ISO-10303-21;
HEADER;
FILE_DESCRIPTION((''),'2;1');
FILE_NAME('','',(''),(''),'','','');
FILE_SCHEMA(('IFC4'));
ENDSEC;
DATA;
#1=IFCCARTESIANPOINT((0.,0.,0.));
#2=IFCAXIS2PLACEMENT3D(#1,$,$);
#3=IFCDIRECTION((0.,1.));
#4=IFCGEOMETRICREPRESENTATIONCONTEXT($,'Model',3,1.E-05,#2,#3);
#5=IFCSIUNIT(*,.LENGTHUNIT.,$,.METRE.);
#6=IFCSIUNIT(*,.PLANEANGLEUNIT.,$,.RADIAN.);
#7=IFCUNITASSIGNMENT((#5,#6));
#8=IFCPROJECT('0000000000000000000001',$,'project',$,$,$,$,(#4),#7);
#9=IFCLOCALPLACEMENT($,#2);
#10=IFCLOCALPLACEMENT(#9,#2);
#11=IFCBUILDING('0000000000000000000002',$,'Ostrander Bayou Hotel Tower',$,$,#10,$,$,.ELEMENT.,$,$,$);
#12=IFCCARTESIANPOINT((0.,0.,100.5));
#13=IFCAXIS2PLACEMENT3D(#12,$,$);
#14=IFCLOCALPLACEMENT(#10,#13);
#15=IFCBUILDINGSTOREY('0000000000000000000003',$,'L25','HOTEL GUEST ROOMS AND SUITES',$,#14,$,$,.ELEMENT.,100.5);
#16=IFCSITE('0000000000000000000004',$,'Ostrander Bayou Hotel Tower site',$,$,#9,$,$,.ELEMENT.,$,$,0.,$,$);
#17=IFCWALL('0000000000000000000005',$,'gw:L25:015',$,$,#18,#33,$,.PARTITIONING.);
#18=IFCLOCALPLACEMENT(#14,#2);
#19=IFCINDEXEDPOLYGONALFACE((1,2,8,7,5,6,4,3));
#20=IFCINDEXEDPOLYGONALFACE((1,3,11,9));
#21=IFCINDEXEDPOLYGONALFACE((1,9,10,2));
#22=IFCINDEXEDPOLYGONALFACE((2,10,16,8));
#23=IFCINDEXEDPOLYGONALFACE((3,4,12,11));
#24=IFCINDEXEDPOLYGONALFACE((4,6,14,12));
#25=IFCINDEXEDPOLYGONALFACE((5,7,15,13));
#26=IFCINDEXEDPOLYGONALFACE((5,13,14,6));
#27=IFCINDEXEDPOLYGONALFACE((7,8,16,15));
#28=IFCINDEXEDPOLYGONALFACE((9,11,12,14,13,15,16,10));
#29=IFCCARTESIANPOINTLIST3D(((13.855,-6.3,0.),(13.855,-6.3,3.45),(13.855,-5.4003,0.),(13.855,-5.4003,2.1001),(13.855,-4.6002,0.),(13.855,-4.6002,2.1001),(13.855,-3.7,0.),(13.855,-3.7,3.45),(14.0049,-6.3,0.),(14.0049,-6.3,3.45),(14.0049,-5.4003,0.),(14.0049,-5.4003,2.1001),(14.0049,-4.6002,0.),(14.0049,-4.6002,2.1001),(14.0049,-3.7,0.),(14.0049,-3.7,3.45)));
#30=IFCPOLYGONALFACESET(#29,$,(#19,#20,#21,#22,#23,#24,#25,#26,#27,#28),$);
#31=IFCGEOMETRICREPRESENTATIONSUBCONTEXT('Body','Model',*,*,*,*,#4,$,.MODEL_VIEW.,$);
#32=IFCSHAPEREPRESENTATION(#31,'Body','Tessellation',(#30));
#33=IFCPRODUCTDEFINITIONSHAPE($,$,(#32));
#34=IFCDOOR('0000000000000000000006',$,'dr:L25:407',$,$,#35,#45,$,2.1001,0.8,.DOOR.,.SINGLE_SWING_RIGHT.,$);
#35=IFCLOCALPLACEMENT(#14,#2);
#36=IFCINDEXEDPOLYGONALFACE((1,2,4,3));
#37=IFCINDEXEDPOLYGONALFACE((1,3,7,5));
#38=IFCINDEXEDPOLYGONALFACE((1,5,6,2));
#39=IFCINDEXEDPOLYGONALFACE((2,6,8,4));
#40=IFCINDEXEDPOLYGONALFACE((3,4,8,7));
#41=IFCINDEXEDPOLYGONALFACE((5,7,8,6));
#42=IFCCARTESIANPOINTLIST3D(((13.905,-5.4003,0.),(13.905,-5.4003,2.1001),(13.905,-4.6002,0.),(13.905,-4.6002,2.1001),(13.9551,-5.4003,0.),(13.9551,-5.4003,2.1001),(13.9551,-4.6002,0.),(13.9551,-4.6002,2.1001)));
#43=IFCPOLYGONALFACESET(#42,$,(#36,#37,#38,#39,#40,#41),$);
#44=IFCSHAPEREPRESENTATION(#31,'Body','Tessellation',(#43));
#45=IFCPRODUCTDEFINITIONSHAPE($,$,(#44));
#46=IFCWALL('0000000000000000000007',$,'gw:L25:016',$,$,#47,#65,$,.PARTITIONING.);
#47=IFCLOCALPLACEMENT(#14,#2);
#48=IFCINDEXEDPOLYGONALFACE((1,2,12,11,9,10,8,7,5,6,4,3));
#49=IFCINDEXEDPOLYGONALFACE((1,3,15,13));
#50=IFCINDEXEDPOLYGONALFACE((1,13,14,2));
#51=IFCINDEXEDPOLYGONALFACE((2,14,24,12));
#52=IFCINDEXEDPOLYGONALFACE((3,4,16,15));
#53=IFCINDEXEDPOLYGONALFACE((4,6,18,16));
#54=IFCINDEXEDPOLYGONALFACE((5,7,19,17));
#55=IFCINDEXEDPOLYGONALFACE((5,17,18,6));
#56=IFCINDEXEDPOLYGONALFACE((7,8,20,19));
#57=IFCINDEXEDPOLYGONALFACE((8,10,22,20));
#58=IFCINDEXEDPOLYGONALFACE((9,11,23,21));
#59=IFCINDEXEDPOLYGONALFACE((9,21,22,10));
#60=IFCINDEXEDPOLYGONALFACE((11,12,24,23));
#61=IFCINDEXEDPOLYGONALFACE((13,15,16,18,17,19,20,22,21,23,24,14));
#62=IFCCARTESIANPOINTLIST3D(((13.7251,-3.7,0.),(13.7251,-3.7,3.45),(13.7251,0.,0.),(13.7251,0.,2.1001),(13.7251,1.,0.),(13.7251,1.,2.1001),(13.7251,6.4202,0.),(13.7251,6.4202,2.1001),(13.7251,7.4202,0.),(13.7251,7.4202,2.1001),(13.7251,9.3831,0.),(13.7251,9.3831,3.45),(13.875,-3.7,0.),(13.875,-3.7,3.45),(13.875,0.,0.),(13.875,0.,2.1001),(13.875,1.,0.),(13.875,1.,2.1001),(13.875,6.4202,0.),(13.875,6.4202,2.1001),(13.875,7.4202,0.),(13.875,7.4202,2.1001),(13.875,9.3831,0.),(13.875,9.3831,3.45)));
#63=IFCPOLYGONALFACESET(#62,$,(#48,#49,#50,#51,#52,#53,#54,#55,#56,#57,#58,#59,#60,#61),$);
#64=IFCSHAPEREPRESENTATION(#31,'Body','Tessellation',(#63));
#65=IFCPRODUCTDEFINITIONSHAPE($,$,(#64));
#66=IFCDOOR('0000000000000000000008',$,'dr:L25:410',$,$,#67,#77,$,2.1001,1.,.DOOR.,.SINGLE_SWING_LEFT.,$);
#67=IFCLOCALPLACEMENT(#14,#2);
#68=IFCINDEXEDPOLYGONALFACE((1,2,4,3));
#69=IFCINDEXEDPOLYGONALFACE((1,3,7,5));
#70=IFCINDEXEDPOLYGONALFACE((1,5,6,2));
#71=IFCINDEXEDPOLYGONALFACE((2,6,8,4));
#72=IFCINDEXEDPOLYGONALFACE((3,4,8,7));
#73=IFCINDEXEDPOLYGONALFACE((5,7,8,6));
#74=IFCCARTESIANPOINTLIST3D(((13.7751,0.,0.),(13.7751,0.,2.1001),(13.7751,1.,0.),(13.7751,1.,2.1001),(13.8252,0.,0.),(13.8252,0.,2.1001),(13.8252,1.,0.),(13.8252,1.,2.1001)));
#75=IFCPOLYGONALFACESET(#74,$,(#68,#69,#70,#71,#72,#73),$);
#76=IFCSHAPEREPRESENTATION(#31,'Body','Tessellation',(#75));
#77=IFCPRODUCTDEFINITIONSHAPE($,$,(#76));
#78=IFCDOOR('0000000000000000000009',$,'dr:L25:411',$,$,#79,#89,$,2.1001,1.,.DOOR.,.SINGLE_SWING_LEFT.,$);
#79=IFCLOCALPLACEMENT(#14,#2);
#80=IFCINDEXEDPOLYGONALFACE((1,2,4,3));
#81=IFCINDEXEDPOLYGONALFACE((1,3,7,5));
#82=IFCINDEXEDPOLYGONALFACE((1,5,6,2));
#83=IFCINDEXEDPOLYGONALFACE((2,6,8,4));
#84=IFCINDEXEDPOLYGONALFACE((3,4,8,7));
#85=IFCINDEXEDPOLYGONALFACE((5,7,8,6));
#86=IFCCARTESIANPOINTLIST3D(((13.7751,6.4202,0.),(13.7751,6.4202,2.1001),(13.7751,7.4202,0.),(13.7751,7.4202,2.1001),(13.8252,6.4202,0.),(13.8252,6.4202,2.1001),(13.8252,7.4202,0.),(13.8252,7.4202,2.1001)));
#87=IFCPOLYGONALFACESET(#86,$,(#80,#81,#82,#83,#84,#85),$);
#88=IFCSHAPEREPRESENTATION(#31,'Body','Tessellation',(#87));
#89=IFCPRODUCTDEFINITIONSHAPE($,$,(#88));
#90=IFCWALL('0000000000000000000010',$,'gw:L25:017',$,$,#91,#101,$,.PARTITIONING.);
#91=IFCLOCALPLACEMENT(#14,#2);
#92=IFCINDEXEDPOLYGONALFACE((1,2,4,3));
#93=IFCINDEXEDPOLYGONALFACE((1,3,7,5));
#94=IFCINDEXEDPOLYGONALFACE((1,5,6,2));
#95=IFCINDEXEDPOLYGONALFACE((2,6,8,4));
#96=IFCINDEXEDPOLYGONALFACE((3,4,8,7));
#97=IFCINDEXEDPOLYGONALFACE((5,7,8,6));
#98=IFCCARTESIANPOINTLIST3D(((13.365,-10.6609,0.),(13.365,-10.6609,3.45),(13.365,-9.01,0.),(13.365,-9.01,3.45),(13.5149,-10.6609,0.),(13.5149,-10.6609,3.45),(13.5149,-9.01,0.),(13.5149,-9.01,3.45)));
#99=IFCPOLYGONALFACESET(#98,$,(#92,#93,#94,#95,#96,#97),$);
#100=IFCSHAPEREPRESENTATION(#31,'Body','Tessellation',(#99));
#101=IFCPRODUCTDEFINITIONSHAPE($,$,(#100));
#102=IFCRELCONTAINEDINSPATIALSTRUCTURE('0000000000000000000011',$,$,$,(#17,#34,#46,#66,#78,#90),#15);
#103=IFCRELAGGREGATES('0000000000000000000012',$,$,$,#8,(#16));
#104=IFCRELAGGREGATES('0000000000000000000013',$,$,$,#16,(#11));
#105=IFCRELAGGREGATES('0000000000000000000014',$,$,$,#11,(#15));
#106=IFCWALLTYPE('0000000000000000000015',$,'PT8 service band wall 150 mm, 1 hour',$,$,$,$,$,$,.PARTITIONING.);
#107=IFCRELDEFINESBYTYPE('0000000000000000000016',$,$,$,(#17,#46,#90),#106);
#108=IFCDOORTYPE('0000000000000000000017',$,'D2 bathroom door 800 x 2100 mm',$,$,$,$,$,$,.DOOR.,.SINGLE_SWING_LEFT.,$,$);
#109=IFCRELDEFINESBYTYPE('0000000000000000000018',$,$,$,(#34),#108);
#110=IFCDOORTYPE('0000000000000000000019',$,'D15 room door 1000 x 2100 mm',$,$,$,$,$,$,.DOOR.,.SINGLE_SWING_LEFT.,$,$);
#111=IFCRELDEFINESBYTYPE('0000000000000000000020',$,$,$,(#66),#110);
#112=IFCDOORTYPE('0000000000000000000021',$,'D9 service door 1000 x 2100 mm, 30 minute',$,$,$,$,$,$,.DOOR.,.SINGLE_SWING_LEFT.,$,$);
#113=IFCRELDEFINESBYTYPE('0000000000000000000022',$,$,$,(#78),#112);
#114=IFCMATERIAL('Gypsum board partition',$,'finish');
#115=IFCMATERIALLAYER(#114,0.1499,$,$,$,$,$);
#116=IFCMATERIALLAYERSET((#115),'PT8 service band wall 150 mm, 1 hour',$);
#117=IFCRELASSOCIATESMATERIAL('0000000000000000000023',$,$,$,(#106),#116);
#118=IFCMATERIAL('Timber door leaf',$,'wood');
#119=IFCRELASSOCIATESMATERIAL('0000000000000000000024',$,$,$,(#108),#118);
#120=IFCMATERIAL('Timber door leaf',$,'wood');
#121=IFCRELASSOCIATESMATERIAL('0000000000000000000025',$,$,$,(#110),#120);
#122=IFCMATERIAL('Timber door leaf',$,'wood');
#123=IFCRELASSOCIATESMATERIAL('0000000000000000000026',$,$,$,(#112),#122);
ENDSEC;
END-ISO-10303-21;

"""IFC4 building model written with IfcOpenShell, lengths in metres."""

from ifc_helpers import new_model, si_unit, direction, frame, frame_2d, origin, place, context, subcontext, project, spatial, rectangle, extrude, material, layer, layer_set, type_object, element, fill, save


model = new_model("IFC4")

# Units and contexts
model_context = context("Model", 3, precision=1e-05, world=origin(), true_north=direction((0.0, 1.0)))
body_context = subcontext(model_context, "Body", "Model", "MODEL_VIEW")
ifc_project = project(units=[si_unit("LENGTHUNIT", "METRE"), si_unit("PLANEANGLEUNIT", "RADIAN")], contexts=[model_context])

# Site, building, storey
site_placement = place(None, origin())
site = spatial("IfcSite", under=ifc_project, at=site_placement, Name="Ostrander Bayou Hotel Tower site", CompositionType="ELEMENT", RefElevation=0.0)
building_placement = place(site_placement, origin())
building = spatial("IfcBuilding", under=site, at=building_placement, Name="Ostrander Bayou Hotel Tower", CompositionType="ELEMENT")
storey_placement = place(building_placement, frame((0.0, 0.0, 100.5)))
storey = spatial("IfcBuildingStorey", under=building, at=storey_placement, Name="L25", Description="HOTEL GUEST ROOMS AND SUITES", CompositionType="ELEMENT", Elevation=100.5)

# Shared definitions
ifc_material_1 = material(Name="Gypsum board partition", Category="finish")
ifc_layer_1 = layer(ifc_material_1, 0.1499)
ifc_layer_set_1 = layer_set([ifc_layer_1], Name="PT8 service band wall 150 mm, 1 hour")
wall_type_1 = type_object("IfcWallType", Name="PT8 service band wall 150 mm, 1 hour", PredefinedType="PARTITIONING", material=ifc_layer_set_1)

# Wall, opening, door
wall_1_placement = place(storey_placement, frame((13.9299, -6.3, 0.0), z_axis=(0.0, 0.0, 1.0), x_axis=(0.0, 1.0, 0.0)))
wall_1 = element("IfcWall", 1, at=wall_1_placement, inside=storey, type_object=wall_type_1, Name="gw:L25:015", PredefinedType="PARTITIONING", context=body_context, shape_type="SweptSolid", body=[
    extrude(rectangle(XDim=2.6001, YDim=0.1499, at=frame_2d((1.3, 0.0))), origin(), (0.0, 0.0, 1.0), 3.45),
])
opening_1_placement = place(wall_1_placement, frame((0.8999, 0.0, 0.0)))
opening_1 = element("IfcOpeningElement", 2, at=opening_1_placement, cuts=wall_1, PredefinedType="OPENING", context=body_context, shape_type="SweptSolid", body=[
    extrude(rectangle(XDim=0.8, YDim=2.1001, at=frame_2d((0.3999, 1.05))), frame((0.0, 0.075, 0.0), z_axis=(0.0, -1.0, 0.0), x_axis=(1.0, 0.0, 0.0)), (0.0, 0.0, 1.0), 0.1499),
])
ifc_material_2 = material(Name="Timber door leaf", Category="wood")
door_type_1 = type_object("IfcDoorType", Name="D2 bathroom door 800 x 2100 mm", OperationType="SINGLE_SWING_LEFT", PredefinedType="DOOR", material=ifc_material_2)
door_1_placement = place(opening_1_placement, origin())
door_1 = element("IfcDoor", 3, at=door_1_placement, inside=storey, type_object=door_type_1, Name="dr:L25:407", OperationType="SINGLE_SWING_RIGHT", OverallHeight=2.1001, OverallWidth=0.8, PredefinedType="DOOR", context=body_context, shape_type="SweptSolid", body=[
    extrude(rectangle(XDim=0.8, YDim=2.1001, at=frame_2d((0.3999, 1.05))), frame((0.0, 0.0249, 0.0), z_axis=(0.0, -1.0, 0.0), x_axis=(1.0, 0.0, 0.0)), (0.0, 0.0, 1.0), 0.05),
])
fill(opening_1, door_1)

# Wall, openings, doors
wall_2_placement = place(storey_placement, frame((13.8, -3.7, 0.0), z_axis=(0.0, 0.0, 1.0), x_axis=(0.0, 1.0, 0.0)))
wall_2 = element("IfcWall", 4, at=wall_2_placement, inside=storey, type_object=wall_type_1, Name="gw:L25:016", PredefinedType="PARTITIONING", context=body_context, shape_type="SweptSolid", body=[
    extrude(rectangle(XDim=13.083, YDim=0.1499, at=frame_2d((6.5415, 0.0))), origin(), (0.0, 0.0, 1.0), 3.45),
])
opening_2_placement = place(wall_2_placement, frame((3.7, 0.0, 0.0)))
opening_2 = element("IfcOpeningElement", 5, at=opening_2_placement, cuts=wall_2, PredefinedType="OPENING", context=body_context, shape_type="SweptSolid", body=[
    extrude(rectangle(XDim=1.0, YDim=2.1001, at=frame_2d((0.5, 1.05))), frame((0.0, 0.075, 0.0), z_axis=(0.0, -1.0, 0.0), x_axis=(1.0, 0.0, 0.0)), (0.0, 0.0, 1.0), 0.1499),
])
opening_3_placement = place(wall_2_placement, frame((10.1201, 0.0, 0.0)))
opening_3 = element("IfcOpeningElement", 6, at=opening_3_placement, cuts=wall_2, PredefinedType="OPENING", context=body_context, shape_type="SweptSolid", body=[
    extrude(rectangle(XDim=1.0, YDim=2.1001, at=frame_2d((0.5, 1.05))), frame((0.0, 0.075, 0.0), z_axis=(0.0, -1.0, 0.0), x_axis=(1.0, 0.0, 0.0)), (0.0, 0.0, 1.0), 0.1499),
])
ifc_material_3 = material(Name="Timber door leaf", Category="wood")
door_type_2 = type_object("IfcDoorType", Name="D15 room door 1000 x 2100 mm", OperationType="SINGLE_SWING_LEFT", PredefinedType="DOOR", material=ifc_material_3)
door_2_placement = place(opening_2_placement, origin())
door_2 = element("IfcDoor", 7, at=door_2_placement, inside=storey, type_object=door_type_2, Name="dr:L25:410", OperationType="SINGLE_SWING_LEFT", OverallHeight=2.1001, OverallWidth=1.0, PredefinedType="DOOR", context=body_context, shape_type="SweptSolid", body=[
    extrude(rectangle(XDim=1.0, YDim=2.1001, at=frame_2d((0.5, 1.05))), frame((0.0, 0.0249, 0.0), z_axis=(0.0, -1.0, 0.0), x_axis=(1.0, 0.0, 0.0)), (0.0, 0.0, 1.0), 0.05),
])
fill(opening_2, door_2)
ifc_material_4 = material(Name="Timber door leaf", Category="wood")
door_type_3 = type_object("IfcDoorType", Name="D9 service door 1000 x 2100 mm, 30 minute", OperationType="SINGLE_SWING_LEFT", PredefinedType="DOOR", material=ifc_material_4)
door_3_placement = place(opening_3_placement, origin())
door_3 = element("IfcDoor", 8, at=door_3_placement, inside=storey, type_object=door_type_3, Name="dr:L25:411", OperationType="SINGLE_SWING_LEFT", OverallHeight=2.1001, OverallWidth=1.0, PredefinedType="DOOR", context=body_context, shape_type="SweptSolid", body=[
    extrude(rectangle(XDim=1.0, YDim=2.1001, at=frame_2d((0.5, 1.05))), frame((0.0, 0.0249, 0.0), z_axis=(0.0, -1.0, 0.0), x_axis=(1.0, 0.0, 0.0)), (0.0, 0.0, 1.0), 0.05),
])
fill(opening_3, door_3)

# Wall
wall_3_placement = place(storey_placement, frame((13.4399, -10.6609, 0.0), z_axis=(0.0, 0.0, 1.0), x_axis=(0.0, 1.0, 0.0)))
element("IfcWall", 9, at=wall_3_placement, inside=storey, type_object=wall_type_1, Name="gw:L25:017", PredefinedType="PARTITIONING", context=body_context, shape_type="SweptSolid", body=[
    extrude(rectangle(XDim=1.6509, YDim=0.1499, at=frame_2d((0.8254, 0.0))), origin(), (0.0, 0.0, 1.0), 3.45),
])

save(model, "model.ifc")
